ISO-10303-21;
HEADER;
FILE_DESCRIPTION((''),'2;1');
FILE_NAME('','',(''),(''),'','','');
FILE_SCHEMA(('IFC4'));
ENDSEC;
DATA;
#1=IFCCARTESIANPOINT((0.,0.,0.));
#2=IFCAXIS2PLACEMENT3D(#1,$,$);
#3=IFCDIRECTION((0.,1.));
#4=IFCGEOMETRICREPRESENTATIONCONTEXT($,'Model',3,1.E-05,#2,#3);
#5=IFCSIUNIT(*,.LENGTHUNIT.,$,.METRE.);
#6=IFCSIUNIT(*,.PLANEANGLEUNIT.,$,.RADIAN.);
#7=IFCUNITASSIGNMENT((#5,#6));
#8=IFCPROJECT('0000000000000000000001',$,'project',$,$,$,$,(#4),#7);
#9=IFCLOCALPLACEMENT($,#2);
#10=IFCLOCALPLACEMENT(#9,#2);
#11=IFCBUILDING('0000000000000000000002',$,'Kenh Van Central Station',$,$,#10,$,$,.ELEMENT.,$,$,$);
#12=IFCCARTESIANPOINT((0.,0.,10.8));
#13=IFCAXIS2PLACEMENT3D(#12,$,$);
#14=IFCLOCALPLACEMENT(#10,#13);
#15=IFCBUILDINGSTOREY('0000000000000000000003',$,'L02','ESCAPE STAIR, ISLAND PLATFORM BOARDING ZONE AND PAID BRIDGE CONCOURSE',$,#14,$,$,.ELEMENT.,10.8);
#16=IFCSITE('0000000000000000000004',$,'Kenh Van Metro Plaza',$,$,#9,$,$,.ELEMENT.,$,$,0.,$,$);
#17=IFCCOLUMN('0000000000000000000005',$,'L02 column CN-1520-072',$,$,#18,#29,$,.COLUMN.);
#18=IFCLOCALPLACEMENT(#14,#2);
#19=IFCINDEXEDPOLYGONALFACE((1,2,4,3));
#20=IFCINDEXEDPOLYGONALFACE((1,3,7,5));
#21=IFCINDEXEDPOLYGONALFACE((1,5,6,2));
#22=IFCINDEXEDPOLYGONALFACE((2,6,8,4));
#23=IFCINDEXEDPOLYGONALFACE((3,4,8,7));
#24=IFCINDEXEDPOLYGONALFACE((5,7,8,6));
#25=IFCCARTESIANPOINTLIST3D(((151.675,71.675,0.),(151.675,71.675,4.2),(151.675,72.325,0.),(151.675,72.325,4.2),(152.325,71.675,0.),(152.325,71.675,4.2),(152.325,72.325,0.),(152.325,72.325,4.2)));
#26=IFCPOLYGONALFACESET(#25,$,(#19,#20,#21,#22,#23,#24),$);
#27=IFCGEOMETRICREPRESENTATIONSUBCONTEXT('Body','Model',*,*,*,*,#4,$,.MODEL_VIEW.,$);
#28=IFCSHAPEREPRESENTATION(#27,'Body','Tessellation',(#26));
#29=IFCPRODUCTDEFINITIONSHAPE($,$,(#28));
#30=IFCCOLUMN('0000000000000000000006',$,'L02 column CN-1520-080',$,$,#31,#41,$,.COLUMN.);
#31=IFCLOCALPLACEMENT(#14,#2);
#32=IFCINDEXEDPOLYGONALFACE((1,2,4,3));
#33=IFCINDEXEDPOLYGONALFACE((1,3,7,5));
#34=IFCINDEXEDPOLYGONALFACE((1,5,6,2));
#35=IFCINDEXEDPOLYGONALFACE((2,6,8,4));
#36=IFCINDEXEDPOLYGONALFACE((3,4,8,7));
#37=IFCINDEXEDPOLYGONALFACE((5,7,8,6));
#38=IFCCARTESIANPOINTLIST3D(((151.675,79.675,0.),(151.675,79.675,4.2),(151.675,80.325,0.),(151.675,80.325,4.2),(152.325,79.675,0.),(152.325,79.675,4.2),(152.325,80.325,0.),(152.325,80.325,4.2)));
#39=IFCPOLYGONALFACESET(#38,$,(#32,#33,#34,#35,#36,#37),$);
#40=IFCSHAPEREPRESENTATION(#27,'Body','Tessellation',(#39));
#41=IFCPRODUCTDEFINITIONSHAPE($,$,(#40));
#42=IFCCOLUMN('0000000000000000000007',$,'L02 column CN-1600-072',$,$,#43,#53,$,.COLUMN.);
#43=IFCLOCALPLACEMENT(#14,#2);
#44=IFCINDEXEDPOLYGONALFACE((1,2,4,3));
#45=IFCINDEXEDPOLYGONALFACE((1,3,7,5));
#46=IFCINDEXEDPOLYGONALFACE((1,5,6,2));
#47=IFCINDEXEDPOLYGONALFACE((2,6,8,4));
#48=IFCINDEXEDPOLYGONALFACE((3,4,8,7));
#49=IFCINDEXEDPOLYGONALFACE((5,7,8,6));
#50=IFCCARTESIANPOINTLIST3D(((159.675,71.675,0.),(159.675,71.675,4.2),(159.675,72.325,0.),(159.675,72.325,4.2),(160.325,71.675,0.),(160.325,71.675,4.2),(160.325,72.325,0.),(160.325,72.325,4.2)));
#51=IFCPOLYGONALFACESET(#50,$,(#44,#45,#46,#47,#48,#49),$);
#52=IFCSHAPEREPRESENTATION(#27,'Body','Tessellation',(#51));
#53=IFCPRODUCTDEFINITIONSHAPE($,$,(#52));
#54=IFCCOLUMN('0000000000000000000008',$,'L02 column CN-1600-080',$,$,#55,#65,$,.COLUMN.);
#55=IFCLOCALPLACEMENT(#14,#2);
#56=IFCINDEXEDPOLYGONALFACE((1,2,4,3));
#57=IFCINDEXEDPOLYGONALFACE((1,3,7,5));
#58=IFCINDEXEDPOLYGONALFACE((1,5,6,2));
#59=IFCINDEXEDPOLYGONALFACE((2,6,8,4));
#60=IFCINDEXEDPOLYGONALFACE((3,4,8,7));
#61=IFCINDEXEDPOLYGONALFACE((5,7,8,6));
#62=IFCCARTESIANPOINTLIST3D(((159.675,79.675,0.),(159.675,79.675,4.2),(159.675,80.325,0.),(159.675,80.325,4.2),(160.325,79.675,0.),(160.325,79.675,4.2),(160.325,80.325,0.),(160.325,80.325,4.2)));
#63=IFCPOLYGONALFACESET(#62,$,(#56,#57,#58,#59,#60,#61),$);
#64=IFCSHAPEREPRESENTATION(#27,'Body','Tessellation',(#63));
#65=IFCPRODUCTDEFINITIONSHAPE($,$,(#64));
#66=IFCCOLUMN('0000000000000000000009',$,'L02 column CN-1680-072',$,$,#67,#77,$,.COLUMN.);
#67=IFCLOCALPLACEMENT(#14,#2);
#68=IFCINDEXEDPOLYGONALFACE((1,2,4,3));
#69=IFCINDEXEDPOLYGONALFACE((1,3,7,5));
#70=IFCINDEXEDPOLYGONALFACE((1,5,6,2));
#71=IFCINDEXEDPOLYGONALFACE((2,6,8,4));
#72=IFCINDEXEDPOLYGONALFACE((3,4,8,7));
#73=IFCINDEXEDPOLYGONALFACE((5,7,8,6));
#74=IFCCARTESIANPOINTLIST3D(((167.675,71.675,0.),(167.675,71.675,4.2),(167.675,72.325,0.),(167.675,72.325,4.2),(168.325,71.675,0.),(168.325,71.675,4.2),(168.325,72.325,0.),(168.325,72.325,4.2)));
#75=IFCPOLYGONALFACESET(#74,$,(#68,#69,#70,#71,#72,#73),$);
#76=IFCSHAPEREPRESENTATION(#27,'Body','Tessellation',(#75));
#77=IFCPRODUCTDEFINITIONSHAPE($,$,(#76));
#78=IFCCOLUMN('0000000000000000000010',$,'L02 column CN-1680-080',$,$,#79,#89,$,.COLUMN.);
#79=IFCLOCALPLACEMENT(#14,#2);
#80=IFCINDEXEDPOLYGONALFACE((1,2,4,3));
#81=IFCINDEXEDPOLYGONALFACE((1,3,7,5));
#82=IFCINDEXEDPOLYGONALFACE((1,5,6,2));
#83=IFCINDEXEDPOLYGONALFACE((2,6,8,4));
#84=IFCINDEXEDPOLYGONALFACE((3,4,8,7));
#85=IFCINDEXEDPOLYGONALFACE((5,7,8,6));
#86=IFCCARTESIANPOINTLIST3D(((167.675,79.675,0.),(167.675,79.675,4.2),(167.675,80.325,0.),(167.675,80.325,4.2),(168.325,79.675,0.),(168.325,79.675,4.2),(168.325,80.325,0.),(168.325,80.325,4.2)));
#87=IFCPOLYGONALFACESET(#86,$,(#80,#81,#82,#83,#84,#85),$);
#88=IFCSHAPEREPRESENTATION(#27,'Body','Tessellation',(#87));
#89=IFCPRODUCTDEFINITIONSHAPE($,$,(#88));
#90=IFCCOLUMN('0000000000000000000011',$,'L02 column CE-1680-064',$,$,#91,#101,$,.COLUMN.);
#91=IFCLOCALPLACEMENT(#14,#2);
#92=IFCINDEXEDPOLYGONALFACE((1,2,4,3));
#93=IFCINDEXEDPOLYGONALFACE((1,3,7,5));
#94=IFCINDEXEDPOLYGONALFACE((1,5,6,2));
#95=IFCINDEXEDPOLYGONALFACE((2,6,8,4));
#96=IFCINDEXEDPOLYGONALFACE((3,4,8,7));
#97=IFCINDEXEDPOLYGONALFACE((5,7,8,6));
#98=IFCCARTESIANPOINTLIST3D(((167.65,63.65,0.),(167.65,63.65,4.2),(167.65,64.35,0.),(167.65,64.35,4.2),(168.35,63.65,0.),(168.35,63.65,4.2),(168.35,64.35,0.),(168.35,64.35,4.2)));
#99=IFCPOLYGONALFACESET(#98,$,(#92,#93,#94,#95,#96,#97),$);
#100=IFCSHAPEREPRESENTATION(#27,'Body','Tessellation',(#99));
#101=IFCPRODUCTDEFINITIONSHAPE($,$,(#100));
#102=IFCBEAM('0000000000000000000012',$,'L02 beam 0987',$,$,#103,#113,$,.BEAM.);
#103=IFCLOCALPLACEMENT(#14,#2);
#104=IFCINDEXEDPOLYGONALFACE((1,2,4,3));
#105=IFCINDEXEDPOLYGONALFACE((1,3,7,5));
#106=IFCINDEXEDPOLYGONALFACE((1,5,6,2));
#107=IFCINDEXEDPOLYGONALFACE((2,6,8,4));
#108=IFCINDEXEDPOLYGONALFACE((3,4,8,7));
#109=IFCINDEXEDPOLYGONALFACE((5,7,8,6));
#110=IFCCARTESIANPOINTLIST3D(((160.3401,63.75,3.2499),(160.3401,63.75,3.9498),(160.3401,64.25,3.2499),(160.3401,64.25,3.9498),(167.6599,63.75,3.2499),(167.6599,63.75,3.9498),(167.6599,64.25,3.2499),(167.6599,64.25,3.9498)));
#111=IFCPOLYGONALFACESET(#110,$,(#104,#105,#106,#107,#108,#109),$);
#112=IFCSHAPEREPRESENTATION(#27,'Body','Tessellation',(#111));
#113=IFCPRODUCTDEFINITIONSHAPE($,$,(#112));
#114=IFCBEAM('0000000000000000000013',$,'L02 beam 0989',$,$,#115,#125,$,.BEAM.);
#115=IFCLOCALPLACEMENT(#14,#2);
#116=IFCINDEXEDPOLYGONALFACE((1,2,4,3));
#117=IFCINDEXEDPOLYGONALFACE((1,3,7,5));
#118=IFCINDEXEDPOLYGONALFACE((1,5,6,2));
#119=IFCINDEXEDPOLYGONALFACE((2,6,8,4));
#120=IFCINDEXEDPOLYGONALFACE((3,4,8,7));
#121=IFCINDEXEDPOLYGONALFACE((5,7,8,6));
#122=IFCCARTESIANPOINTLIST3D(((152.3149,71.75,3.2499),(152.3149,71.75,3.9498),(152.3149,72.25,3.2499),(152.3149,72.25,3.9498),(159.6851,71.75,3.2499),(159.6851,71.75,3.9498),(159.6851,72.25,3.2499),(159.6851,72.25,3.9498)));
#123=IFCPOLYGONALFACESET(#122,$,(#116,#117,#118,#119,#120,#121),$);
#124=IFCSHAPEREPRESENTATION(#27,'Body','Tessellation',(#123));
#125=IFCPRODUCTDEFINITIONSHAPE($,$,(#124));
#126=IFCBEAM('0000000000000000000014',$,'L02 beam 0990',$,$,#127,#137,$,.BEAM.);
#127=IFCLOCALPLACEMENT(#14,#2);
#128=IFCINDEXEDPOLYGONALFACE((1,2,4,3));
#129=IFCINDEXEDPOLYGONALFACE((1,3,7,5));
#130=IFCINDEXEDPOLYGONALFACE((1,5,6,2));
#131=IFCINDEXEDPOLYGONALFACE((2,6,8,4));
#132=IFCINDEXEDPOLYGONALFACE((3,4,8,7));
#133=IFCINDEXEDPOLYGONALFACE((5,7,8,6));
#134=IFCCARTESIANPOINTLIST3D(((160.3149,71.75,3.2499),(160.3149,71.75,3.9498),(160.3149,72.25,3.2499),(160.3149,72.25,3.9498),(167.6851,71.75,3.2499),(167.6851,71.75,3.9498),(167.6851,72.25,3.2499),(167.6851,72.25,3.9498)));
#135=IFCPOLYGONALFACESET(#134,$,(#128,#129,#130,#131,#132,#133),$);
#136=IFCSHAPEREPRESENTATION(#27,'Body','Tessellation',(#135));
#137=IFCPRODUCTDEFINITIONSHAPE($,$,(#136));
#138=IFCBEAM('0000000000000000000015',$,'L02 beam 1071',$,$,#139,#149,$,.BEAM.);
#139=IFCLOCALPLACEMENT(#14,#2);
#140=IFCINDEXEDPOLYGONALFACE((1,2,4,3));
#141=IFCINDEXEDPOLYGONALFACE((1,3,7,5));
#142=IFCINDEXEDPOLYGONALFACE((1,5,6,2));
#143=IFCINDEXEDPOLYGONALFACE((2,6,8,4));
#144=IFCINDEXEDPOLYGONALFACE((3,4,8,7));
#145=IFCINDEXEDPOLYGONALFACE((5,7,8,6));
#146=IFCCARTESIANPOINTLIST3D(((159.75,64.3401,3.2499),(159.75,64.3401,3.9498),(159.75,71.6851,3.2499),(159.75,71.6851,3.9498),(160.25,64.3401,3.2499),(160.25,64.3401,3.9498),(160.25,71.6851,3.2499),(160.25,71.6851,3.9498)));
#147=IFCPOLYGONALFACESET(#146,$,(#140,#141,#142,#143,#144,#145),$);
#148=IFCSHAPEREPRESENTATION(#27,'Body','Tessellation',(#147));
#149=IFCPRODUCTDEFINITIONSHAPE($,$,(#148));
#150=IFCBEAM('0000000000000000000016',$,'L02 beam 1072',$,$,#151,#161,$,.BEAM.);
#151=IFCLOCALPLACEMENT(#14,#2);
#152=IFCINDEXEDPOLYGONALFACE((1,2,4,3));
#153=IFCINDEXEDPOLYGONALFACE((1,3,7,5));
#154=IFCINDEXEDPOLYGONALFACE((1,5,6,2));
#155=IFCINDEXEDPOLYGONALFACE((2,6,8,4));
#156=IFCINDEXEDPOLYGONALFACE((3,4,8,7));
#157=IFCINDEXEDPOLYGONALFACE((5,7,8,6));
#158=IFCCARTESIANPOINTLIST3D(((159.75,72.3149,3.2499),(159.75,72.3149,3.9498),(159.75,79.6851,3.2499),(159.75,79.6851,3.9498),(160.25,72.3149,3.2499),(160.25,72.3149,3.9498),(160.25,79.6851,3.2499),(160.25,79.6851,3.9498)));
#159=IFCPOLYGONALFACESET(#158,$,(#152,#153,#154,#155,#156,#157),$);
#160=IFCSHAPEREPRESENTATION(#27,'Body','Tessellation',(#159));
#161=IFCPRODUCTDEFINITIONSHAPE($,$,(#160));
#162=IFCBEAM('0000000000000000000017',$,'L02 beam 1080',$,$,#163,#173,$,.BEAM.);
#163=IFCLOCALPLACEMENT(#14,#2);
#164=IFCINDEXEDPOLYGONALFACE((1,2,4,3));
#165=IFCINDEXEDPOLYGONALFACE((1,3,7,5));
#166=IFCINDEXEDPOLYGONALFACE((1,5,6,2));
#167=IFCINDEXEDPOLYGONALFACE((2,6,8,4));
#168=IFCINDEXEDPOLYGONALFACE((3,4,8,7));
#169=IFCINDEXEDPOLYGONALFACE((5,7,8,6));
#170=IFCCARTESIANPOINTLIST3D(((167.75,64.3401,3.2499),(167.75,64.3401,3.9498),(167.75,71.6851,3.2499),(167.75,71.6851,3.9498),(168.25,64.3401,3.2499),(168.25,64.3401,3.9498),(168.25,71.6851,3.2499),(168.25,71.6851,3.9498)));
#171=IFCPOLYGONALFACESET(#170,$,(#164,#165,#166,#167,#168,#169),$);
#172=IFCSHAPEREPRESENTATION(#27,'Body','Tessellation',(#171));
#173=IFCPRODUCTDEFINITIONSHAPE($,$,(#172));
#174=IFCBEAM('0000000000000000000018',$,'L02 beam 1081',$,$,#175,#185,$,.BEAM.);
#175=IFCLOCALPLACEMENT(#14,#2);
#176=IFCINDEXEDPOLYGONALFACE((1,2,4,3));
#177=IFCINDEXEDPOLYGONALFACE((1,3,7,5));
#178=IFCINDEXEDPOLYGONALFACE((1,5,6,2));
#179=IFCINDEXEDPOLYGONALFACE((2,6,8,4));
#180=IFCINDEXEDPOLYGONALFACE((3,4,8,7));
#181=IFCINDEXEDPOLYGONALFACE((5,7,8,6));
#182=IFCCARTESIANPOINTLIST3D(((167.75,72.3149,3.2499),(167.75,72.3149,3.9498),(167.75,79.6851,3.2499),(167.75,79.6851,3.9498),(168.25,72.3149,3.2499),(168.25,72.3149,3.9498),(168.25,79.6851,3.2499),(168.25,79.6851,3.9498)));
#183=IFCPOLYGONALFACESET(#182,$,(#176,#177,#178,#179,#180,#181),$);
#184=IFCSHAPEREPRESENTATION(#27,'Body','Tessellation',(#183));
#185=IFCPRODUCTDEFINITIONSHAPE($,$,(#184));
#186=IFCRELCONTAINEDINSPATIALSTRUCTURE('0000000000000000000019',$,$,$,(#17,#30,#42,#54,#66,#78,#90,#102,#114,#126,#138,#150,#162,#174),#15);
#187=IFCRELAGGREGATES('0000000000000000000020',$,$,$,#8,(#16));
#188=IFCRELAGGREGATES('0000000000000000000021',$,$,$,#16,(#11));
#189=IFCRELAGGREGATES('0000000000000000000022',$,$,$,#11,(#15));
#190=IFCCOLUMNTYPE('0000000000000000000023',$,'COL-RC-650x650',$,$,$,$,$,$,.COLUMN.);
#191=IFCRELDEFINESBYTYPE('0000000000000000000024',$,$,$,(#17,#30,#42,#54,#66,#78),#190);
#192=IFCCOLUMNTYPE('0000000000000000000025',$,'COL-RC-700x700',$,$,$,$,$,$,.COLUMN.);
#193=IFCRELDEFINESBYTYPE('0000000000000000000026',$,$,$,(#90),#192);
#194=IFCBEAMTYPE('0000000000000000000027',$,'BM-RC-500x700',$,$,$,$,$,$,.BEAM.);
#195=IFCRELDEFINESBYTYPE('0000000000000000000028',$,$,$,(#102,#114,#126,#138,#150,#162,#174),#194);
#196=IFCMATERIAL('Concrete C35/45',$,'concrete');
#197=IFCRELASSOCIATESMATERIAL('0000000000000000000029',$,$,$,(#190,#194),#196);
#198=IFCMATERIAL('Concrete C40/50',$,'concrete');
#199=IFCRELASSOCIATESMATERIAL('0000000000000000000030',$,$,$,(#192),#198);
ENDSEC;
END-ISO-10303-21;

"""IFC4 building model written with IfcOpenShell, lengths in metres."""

from ifc_helpers import new_model, si_unit, direction, frame, origin, origin_2d, place, context, subcontext, project, spatial, rectangle, extrude, material, material_profile, profile_set, type_object, element, save


model = new_model("IFC4")

# Units and contexts
model_context = context("Model", 3, precision=1e-05, world=origin(), true_north=direction((0.0, 1.0)))
body_context = subcontext(model_context, "Body", "Model", "MODEL_VIEW")
ifc_project = project(units=[si_unit("LENGTHUNIT", "METRE"), si_unit("PLANEANGLEUNIT", "RADIAN")], contexts=[model_context])

# Site, building, storey
site_placement = place(None, origin())
site = spatial("IfcSite", under=ifc_project, at=site_placement, Name="Kenh Van Metro Plaza", CompositionType="ELEMENT", RefElevation=0.0)
building_placement = place(site_placement, origin())
building = spatial("IfcBuilding", under=site, at=building_placement, Name="Kenh Van Central Station", CompositionType="ELEMENT")
storey_placement = place(building_placement, frame((0.0, 0.0, 10.8)))
storey = spatial("IfcBuildingStorey", under=building, at=storey_placement, Name="L02", Description="ESCAPE STAIR, ISLAND PLATFORM BOARDING ZONE AND PAID BRIDGE CONCOURSE", CompositionType="ELEMENT", Elevation=10.8)

# Columns
ifc_material_1 = material(Name="Concrete C35/45", Category="concrete")
ifc_material_profile_1 = material_profile(ifc_material_1, rectangle(XDim=0.6499, YDim=0.6499, at=origin_2d()), Name="RC 650x650")
ifc_profile_set_1 = profile_set([ifc_material_profile_1], Name="Concrete C35/45")
column_type_1 = type_object("IfcColumnType", Name="COL-RC-650x650", PredefinedType="COLUMN", material=ifc_profile_set_1)
for number, where, z_axis, x_axis, name in (
    (1, (152.0, 72.0, 0.0), (0.0, 0.0, 1.0), (1.0, 0.0, 0.0), "L02 column CN-1520-072"),
    (2, (152.0, 80.0, 0.0), (0.0, 0.0, 1.0), (1.0, 0.0, 0.0), "L02 column CN-1520-080"),
    (3, (160.0, 72.0, 0.0), (0.0, 0.0, 1.0), (1.0, 0.0, 0.0), "L02 column CN-1600-072"),
    (4, (160.0, 80.0, 0.0), (0.0, 0.0, 1.0), (1.0, 0.0, 0.0), "L02 column CN-1600-080"),
    (5, (168.0, 72.0, 0.0), (0.0, 0.0, 1.0), (1.0, 0.0, 0.0), "L02 column CN-1680-072"),
    (6, (168.0, 80.0, 0.0), (0.0, 0.0, 1.0), (1.0, 0.0, 0.0), "L02 column CN-1680-080"),
):
    element("IfcColumn", number, at=place(storey_placement, frame(where, z_axis=z_axis, x_axis=x_axis)), inside=storey, type_object=column_type_1, Name=name, PredefinedType="COLUMN", context=body_context, shape_type="SweptSolid", body=[
        extrude(rectangle(XDim=0.6499, YDim=0.6499, at=origin_2d()), origin(), (0.0, 0.0, 1.0), 4.2),
    ])
ifc_material_2 = material(Name="Concrete C40/50", Category="concrete")
ifc_material_profile_2 = material_profile(ifc_material_2, rectangle(XDim=0.7, YDim=0.7, at=origin_2d()), Name="RC 700x700")
ifc_profile_set_2 = profile_set([ifc_material_profile_2], Name="Concrete C40/50")
column_type_2 = type_object("IfcColumnType", Name="COL-RC-700x700", PredefinedType="COLUMN", material=ifc_profile_set_2)
column_placement = place(storey_placement, frame((168.0, 64.0, 0.0), z_axis=(0.0, 0.0, 1.0), x_axis=(1.0, 0.0, 0.0)))
element("IfcColumn", 7, at=column_placement, inside=storey, type_object=column_type_2, Name="L02 column CE-1680-064", PredefinedType="COLUMN", context=body_context, shape_type="SweptSolid", body=[
    extrude(rectangle(XDim=0.7, YDim=0.7, at=origin_2d()), origin(), (0.0, 0.0, 1.0), 4.2),
])

# Beams
ifc_material_profile_3 = material_profile(ifc_material_1, rectangle(XDim=0.5, YDim=0.7, at=origin_2d()), Name="RC 500x700")
ifc_profile_set_3 = profile_set([ifc_material_profile_3], Name="Concrete C35/45")
beam_type_1 = type_object("IfcBeamType", Name="BM-RC-500x700", PredefinedType="BEAM", material=ifc_profile_set_3)
beam_1_placement = place(storey_placement, frame((160.3401, 64.0, 3.5999), z_axis=(1.0, 0.0, 0.0), x_axis=(0.0, 1.0, 0.0)))
element("IfcBeam", 8, at=beam_1_placement, inside=storey, type_object=beam_type_1, Name="L02 beam 0987", PredefinedType="BEAM", context=body_context, shape_type="SweptSolid", body=[
    extrude(rectangle(XDim=0.5, YDim=0.7, at=origin_2d()), origin(), (0.0, 0.0, 1.0), 7.3198),
])
for number, where, z_axis, x_axis, name in (
    (9, (152.3149, 72.0, 3.5999), (1.0, 0.0, 0.0), (0.0, 1.0, 0.0), "L02 beam 0989"),
    (10, (160.3149, 72.0, 3.5999), (1.0, 0.0, 0.0), (0.0, 1.0, 0.0), "L02 beam 0990"),
):
    element("IfcBeam", number, at=place(storey_placement, frame(where, z_axis=z_axis, x_axis=x_axis)), inside=storey, type_object=beam_type_1, Name=name, PredefinedType="BEAM", context=body_context, shape_type="SweptSolid", body=[
        extrude(rectangle(XDim=0.5, YDim=0.7, at=origin_2d()), origin(), (0.0, 0.0, 1.0), 7.3701),
    ])
beam_2_placement = place(storey_placement, frame((160.0, 64.3401, 3.5999), z_axis=(0.0, 1.0, 0.0), x_axis=(-1.0, 0.0, 0.0)))
element("IfcBeam", 11, at=beam_2_placement, inside=storey, type_object=beam_type_1, Name="L02 beam 1071", PredefinedType="BEAM", context=body_context, shape_type="SweptSolid", body=[
    extrude(rectangle(XDim=0.5, YDim=0.7, at=origin_2d()), origin(), (0.0, 0.0, 1.0), 7.345),
])
beam_3_placement = place(storey_placement, frame((160.0, 72.3149, 3.5999), z_axis=(0.0, 1.0, 0.0), x_axis=(-1.0, 0.0, 0.0)))
element("IfcBeam", 12, at=beam_3_placement, inside=storey, type_object=beam_type_1, Name="L02 beam 1072", PredefinedType="BEAM", context=body_context, shape_type="SweptSolid", body=[
    extrude(rectangle(XDim=0.5, YDim=0.7, at=origin_2d()), origin(), (0.0, 0.0, 1.0), 7.3701),
])
beam_4_placement = place(storey_placement, frame((168.0, 64.3401, 3.5999), z_axis=(0.0, 1.0, 0.0), x_axis=(-1.0, 0.0, 0.0)))
element("IfcBeam", 13, at=beam_4_placement, inside=storey, type_object=beam_type_1, Name="L02 beam 1080", PredefinedType="BEAM", context=body_context, shape_type="SweptSolid", body=[
    extrude(rectangle(XDim=0.5, YDim=0.7, at=origin_2d()), origin(), (0.0, 0.0, 1.0), 7.345),
])
beam_5_placement = place(storey_placement, frame((168.0, 72.3149, 3.5999), z_axis=(0.0, 1.0, 0.0), x_axis=(-1.0, 0.0, 0.0)))
element("IfcBeam", 14, at=beam_5_placement, inside=storey, type_object=beam_type_1, Name="L02 beam 1081", PredefinedType="BEAM", context=body_context, shape_type="SweptSolid", body=[
    extrude(rectangle(XDim=0.5, YDim=0.7, at=origin_2d()), origin(), (0.0, 0.0, 1.0), 7.3701),
])

save(model, "model.ifc")
